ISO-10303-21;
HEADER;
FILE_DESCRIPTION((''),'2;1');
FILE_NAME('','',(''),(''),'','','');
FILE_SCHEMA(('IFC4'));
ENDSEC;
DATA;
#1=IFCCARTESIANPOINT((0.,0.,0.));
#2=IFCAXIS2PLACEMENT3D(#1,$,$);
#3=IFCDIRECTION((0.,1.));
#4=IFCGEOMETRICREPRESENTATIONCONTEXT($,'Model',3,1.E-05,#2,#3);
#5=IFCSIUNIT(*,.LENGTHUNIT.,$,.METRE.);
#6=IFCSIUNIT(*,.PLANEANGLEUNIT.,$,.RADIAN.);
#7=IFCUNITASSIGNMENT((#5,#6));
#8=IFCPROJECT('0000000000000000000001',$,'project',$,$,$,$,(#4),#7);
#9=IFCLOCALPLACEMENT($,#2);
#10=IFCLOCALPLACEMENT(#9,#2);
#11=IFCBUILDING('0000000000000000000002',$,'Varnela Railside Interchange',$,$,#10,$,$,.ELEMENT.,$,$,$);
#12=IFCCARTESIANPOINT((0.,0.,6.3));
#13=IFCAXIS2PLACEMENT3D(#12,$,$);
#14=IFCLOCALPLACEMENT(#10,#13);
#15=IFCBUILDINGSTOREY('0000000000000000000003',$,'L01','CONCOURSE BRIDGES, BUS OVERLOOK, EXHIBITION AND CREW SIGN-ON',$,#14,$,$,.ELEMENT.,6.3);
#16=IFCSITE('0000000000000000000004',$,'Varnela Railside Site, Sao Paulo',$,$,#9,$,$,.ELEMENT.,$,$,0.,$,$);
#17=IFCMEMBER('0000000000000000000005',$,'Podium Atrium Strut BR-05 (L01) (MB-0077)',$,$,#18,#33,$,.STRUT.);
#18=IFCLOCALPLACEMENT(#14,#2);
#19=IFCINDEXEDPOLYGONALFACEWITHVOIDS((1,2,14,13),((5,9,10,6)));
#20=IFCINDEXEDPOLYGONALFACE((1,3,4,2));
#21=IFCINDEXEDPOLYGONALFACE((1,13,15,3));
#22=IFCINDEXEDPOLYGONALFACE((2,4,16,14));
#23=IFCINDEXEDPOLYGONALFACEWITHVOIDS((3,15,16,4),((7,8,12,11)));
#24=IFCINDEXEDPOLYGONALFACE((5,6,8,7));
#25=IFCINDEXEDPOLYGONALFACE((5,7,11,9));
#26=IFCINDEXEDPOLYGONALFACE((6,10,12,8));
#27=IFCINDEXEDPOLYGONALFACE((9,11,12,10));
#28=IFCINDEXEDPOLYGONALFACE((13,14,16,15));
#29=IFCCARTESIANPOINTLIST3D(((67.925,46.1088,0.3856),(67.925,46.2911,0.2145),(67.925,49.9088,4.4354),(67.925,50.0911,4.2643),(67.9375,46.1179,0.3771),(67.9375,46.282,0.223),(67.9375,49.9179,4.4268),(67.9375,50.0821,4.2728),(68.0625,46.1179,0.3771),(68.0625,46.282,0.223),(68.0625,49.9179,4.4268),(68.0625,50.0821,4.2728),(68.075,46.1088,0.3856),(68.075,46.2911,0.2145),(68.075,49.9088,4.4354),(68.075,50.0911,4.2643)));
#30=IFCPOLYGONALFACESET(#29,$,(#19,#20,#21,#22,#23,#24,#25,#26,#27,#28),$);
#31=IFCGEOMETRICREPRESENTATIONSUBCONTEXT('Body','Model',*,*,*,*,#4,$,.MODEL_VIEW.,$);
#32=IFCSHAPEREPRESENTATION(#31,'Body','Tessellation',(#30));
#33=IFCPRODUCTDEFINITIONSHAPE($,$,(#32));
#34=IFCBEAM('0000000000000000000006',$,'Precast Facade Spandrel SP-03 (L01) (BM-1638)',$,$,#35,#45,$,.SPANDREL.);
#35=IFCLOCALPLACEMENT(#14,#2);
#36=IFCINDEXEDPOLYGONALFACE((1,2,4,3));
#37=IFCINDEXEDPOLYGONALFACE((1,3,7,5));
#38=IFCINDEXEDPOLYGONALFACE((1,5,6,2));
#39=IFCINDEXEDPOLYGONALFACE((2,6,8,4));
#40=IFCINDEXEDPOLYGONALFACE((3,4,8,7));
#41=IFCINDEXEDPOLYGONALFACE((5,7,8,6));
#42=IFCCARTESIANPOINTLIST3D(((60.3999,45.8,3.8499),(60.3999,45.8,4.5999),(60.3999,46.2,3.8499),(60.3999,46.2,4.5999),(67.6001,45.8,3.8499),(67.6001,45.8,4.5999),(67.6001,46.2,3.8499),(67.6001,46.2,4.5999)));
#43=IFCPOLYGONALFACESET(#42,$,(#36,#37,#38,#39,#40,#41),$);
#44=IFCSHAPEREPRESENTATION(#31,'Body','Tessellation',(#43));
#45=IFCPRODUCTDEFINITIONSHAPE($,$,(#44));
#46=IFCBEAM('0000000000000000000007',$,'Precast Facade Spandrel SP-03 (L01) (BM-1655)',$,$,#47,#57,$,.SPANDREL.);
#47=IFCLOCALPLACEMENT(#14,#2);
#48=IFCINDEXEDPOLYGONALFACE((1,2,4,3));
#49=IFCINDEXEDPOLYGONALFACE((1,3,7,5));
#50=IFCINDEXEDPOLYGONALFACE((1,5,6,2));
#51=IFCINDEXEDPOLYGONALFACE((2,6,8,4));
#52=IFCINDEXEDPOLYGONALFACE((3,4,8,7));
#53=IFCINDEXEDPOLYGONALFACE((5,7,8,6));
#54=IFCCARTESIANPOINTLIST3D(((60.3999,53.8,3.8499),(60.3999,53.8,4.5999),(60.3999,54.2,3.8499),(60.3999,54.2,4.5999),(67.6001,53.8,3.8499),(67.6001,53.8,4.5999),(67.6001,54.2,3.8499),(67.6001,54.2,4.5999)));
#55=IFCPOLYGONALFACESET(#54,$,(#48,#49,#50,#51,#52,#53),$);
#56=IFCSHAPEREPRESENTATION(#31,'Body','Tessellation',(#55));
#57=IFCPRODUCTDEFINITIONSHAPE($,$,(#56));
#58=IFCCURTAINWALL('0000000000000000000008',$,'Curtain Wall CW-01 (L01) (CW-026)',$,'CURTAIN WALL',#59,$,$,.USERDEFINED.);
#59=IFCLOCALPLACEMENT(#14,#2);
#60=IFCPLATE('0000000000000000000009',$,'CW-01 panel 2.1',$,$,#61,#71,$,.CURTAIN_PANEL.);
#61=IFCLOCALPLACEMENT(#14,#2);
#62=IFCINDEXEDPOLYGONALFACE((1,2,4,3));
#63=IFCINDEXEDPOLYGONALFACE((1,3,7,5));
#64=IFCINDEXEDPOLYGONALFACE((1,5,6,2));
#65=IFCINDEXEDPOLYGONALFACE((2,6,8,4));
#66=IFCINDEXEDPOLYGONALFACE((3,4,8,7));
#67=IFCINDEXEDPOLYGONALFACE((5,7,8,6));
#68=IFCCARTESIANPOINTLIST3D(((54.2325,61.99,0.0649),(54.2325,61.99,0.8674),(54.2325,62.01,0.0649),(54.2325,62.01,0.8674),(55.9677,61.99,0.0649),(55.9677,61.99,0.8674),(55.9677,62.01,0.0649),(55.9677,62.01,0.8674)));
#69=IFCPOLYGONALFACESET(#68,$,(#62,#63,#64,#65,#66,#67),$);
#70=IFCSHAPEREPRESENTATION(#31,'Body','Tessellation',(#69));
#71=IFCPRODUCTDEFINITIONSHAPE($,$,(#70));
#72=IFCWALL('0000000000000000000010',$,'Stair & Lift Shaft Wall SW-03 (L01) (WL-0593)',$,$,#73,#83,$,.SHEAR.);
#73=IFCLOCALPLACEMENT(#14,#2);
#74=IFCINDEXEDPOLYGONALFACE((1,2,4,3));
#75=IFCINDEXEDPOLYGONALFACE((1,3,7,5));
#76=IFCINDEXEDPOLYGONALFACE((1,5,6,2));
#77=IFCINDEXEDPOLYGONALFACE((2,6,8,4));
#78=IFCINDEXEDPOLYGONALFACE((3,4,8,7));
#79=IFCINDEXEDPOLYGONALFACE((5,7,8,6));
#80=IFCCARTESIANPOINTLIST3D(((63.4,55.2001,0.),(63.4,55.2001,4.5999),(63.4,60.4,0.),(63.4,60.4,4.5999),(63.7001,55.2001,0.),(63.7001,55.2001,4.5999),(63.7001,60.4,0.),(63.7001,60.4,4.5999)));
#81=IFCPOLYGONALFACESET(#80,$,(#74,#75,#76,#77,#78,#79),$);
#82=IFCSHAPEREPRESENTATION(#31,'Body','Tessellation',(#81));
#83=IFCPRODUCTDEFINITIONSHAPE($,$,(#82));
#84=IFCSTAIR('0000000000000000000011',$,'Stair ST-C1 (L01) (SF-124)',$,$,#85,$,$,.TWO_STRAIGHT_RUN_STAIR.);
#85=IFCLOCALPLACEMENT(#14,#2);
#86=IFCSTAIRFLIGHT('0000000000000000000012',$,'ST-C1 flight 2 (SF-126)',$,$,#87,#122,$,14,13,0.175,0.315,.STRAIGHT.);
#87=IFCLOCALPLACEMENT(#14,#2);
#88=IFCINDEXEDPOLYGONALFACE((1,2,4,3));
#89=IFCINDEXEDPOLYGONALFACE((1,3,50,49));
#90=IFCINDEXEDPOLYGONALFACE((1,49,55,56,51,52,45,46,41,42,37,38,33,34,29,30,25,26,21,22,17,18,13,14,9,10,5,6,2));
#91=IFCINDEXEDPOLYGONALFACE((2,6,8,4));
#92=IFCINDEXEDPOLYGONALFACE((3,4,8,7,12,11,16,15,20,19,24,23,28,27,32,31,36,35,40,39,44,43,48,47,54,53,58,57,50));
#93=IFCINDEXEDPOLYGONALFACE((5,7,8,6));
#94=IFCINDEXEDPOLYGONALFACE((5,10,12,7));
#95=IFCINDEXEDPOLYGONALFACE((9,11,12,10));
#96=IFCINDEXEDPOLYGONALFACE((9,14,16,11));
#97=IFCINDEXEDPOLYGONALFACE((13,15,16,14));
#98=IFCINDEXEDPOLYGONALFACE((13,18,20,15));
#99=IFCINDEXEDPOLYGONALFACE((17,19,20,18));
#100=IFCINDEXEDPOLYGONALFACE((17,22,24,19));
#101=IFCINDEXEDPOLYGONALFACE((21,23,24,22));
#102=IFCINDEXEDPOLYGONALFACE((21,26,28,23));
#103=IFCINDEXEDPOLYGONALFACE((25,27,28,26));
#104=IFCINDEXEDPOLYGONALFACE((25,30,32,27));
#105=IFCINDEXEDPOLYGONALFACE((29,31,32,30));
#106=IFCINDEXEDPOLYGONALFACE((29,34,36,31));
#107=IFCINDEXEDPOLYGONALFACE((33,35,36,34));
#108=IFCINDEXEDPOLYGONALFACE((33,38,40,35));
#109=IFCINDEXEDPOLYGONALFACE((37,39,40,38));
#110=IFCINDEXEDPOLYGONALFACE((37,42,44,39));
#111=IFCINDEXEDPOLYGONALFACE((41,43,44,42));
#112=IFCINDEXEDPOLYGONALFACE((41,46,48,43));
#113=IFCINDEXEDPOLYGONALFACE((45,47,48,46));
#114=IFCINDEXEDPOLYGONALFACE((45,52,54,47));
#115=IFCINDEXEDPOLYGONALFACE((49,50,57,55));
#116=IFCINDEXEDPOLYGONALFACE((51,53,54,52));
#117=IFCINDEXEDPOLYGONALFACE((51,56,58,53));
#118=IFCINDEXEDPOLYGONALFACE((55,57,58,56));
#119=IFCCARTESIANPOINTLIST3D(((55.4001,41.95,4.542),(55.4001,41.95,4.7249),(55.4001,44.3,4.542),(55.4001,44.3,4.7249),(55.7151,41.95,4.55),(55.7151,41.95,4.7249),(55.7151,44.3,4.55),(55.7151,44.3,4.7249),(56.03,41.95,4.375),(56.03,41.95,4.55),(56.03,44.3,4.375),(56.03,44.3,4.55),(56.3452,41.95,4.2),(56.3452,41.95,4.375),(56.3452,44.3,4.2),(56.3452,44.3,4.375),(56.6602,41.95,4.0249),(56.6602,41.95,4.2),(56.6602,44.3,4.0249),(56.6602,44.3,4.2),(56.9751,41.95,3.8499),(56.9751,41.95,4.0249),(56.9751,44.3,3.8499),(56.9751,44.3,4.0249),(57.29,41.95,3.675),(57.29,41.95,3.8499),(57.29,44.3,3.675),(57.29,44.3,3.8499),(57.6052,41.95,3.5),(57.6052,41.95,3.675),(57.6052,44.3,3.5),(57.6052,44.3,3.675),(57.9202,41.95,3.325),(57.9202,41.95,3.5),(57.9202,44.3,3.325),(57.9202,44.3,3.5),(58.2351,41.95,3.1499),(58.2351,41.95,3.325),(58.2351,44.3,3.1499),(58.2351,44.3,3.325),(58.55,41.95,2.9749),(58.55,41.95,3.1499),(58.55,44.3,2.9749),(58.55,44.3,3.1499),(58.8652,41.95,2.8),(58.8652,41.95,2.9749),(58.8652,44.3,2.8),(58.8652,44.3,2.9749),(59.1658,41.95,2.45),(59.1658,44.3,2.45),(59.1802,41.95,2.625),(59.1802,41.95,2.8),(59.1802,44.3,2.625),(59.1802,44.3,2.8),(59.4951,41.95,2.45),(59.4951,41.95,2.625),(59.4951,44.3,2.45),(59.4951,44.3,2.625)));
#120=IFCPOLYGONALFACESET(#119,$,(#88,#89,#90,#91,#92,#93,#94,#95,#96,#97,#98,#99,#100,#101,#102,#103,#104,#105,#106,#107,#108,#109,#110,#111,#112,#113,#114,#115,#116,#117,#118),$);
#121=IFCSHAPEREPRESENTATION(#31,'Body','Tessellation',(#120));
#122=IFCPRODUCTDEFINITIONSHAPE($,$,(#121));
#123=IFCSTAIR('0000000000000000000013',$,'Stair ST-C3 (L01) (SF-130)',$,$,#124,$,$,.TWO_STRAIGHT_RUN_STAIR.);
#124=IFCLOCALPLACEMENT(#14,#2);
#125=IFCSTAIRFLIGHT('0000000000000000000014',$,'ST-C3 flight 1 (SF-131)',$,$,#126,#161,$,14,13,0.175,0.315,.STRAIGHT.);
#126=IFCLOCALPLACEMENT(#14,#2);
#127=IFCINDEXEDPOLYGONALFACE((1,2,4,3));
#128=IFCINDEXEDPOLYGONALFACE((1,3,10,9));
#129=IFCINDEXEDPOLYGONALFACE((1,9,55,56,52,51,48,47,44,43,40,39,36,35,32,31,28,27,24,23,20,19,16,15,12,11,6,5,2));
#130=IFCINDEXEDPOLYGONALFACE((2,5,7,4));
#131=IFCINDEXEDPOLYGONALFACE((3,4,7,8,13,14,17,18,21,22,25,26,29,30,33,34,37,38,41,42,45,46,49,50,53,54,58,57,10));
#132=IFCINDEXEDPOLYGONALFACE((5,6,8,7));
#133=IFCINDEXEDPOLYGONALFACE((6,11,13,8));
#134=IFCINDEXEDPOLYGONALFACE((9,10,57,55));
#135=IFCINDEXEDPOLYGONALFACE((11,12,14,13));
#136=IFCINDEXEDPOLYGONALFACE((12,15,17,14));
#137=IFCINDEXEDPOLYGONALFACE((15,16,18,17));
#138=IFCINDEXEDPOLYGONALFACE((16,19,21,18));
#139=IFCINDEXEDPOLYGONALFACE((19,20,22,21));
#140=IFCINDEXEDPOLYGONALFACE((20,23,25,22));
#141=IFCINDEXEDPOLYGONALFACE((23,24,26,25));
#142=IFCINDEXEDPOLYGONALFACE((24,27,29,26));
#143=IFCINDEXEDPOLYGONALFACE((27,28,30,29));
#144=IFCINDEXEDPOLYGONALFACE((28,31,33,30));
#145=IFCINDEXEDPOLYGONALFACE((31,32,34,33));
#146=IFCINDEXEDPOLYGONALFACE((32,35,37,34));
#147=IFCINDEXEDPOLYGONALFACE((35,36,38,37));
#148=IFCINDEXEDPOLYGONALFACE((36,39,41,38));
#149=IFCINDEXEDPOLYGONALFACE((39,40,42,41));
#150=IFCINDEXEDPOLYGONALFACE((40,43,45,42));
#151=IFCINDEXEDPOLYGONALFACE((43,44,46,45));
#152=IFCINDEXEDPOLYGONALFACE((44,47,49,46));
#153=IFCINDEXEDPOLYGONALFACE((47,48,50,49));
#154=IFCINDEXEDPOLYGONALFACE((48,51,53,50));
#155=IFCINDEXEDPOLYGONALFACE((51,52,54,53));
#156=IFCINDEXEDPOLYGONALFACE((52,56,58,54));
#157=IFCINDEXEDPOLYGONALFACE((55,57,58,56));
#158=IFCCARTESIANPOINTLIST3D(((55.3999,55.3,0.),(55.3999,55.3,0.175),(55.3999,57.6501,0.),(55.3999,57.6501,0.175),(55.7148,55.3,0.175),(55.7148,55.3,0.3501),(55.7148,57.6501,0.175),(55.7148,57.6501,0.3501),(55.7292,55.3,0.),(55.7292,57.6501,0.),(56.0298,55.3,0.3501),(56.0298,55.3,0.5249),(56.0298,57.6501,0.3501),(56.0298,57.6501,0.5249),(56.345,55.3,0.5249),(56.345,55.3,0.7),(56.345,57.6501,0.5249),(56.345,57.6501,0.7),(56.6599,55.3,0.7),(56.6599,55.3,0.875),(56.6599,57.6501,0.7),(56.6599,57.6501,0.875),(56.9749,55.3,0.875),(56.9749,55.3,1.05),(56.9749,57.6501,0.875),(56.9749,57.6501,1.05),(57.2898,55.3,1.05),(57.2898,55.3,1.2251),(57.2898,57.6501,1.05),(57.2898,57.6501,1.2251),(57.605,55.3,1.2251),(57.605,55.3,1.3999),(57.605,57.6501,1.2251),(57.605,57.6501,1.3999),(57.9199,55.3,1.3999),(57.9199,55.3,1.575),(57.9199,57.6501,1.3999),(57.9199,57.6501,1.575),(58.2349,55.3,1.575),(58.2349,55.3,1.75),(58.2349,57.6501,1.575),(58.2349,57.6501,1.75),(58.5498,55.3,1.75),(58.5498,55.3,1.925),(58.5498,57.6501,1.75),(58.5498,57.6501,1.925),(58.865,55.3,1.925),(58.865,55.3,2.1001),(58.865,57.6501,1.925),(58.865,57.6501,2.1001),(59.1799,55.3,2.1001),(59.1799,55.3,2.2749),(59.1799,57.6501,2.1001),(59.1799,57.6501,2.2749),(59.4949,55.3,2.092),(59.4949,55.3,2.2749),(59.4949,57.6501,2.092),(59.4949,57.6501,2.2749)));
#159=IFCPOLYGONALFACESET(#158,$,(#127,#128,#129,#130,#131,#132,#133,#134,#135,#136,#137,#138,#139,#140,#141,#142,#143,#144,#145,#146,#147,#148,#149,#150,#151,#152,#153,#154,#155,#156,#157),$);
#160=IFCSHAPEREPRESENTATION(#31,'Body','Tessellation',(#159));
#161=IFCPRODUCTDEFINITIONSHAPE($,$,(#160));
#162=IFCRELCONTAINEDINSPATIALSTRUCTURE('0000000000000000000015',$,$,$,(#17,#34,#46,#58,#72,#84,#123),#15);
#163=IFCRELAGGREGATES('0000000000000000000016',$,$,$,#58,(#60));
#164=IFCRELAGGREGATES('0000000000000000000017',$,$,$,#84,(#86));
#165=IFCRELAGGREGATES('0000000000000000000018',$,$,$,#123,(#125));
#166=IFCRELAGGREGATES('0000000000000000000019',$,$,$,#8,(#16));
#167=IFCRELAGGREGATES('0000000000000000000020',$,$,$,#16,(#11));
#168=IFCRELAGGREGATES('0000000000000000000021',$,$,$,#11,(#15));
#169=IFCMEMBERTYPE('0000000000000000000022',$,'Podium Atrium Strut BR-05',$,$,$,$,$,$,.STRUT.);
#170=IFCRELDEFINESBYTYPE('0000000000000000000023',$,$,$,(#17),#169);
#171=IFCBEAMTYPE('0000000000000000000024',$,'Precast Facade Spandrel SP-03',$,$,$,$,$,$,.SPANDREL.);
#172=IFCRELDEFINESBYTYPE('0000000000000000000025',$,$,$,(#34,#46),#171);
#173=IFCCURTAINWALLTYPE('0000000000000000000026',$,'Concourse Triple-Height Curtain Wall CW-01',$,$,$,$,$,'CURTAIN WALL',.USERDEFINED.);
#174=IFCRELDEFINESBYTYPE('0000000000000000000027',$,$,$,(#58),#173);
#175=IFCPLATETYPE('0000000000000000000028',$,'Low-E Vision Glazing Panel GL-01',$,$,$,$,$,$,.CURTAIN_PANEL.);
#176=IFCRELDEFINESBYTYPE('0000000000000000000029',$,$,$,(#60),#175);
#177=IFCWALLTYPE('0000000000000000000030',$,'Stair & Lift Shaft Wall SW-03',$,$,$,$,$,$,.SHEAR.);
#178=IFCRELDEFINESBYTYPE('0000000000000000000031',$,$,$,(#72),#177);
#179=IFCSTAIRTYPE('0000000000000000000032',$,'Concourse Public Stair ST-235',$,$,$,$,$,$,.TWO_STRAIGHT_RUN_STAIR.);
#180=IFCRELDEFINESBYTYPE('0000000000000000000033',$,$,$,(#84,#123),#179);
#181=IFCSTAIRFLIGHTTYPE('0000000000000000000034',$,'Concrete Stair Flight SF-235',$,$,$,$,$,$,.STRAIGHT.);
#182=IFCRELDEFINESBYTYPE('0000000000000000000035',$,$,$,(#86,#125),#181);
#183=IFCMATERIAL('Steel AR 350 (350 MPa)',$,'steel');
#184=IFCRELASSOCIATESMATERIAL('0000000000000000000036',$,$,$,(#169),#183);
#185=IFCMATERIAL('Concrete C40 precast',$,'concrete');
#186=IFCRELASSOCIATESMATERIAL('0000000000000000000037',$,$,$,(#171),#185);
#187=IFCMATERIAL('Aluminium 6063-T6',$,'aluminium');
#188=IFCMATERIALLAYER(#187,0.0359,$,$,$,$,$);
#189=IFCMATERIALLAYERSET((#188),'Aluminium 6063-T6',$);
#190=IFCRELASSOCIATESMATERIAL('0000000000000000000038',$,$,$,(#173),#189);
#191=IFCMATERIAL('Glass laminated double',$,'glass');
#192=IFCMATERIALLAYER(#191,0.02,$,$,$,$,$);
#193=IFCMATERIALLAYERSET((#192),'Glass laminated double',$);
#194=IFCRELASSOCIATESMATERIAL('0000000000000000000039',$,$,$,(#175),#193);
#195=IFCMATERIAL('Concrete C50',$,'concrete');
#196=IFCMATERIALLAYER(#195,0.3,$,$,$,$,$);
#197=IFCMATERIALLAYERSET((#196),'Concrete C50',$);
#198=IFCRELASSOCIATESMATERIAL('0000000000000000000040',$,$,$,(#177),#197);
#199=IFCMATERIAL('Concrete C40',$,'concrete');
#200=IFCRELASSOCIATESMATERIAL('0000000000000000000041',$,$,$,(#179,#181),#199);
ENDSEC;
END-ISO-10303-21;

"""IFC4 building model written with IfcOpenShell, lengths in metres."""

from ifc_helpers import new_model, si_unit, direction, frame, frame_2d, origin, origin_2d, place, context, subcontext, project, spatial, polyline, rectangle, hollow_rectangle, outline, extrude, material, layer, layer_set, material_profile, profile_set, type_object, element, aggregate, save


model = new_model("IFC4")

# Units and contexts
model_context = context("Model", 3, precision=1e-05, world=origin(), true_north=direction((0.0, 1.0)))
body_context = subcontext(model_context, "Body", "Model", "MODEL_VIEW")
ifc_project = project(units=[si_unit("LENGTHUNIT", "METRE"), si_unit("PLANEANGLEUNIT", "RADIAN")], contexts=[model_context])

# Site, building, storey
site_placement = place(None, origin())
site = spatial("IfcSite", under=ifc_project, at=site_placement, Name="Varnela Railside Site, Sao Paulo", CompositionType="ELEMENT", RefElevation=0.0)
building_placement = place(site_placement, origin())
building = spatial("IfcBuilding", under=site, at=building_placement, Name="Varnela Railside Interchange", CompositionType="ELEMENT")
storey_placement = place(building_placement, frame((0.0, 0.0, 6.3)))
storey = spatial("IfcBuildingStorey", under=building, at=storey_placement, Name="L01", Description="CONCOURSE BRIDGES, BUS OVERLOOK, EXHIBITION AND CREW SIGN-ON", CompositionType="ELEMENT", Elevation=6.3)

# Shared definitions
ifc_material_1 = material(Name="Concrete C50", Category="concrete")

# Shared definitions
ifc_material_2 = material(Name="Steel AR 350 (350 MPa)", Category="steel")
ifc_material_3 = material(Name="Concrete C40", Category="concrete")

# Member
ifc_material_profile_1 = material_profile(ifc_material_2, hollow_rectangle(XDim=0.1499, YDim=0.25, WallThickness=0.0125, at=origin_2d()), Name="HSS 250x150x12.5")
ifc_profile_set_1 = profile_set([ifc_material_profile_1], Name="Steel AR 350 (350 MPa)")
member_type = type_object("IfcMemberType", Name="Podium Atrium Strut BR-05", PredefinedType="STRUT", material=ifc_profile_set_1)
member_placement = place(storey_placement, frame((68.0, 46.2, 0.3), z_axis=(0.0, 0.684263, 0.729236), x_axis=(-1.0, 0.0, 0.0)))
element("IfcMember", 1, at=member_placement, inside=storey, type_object=member_type, Name="Podium Atrium Strut BR-05 (L01) (MB-0077)", PredefinedType="STRUT", context=body_context, shape_type="SweptSolid", body=[
    extrude(hollow_rectangle(XDim=0.1499, YDim=0.25, WallThickness=0.0125, at=origin_2d()), origin(), (0.0, 0.0, 1.0), 5.5535),
])

# Beams
ifc_material_4 = material(Name="Concrete C40 precast", Category="concrete")
ifc_material_profile_2 = material_profile(ifc_material_4, rectangle(XDim=0.3999, YDim=0.75, at=origin_2d()), Name="PC 400x750")
ifc_profile_set_2 = profile_set([ifc_material_profile_2], Name="Concrete C40 precast")
beam_type_1 = type_object("IfcBeamType", Name="Precast Facade Spandrel SP-03", PredefinedType="SPANDREL", material=ifc_profile_set_2)
for number, where, z_axis, x_axis, name in (
    (2, (60.3999, 46.0, 4.2249), (1.0, 0.0, 0.0), (0.0, 1.0, 0.0), "Precast Facade Spandrel SP-03 (L01) (BM-1638)"),
    (3, (60.3999, 54.0, 4.2249), (1.0, 0.0, 0.0), (0.0, 1.0, 0.0), "Precast Facade Spandrel SP-03 (L01) (BM-1655)"),
):
    element("IfcBeam", number, at=place(storey_placement, frame(where, z_axis=z_axis, x_axis=x_axis)), inside=storey, type_object=beam_type_1, Name=name, PredefinedType="SPANDREL", context=body_context, shape_type="SweptSolid", body=[
        extrude(rectangle(XDim=0.3999, YDim=0.75, at=origin_2d()), origin(), (0.0, 0.0, 1.0), 7.2002),
    ])

# Curtain wall, plate
ifc_material_5 = material(Name="Aluminium 6063-T6", Category="aluminium")
ifc_layer_1 = layer(ifc_material_5, 0.0359)
ifc_layer_set_1 = layer_set([ifc_layer_1], Name="Aluminium 6063-T6")
curtain_wall_type = type_object("IfcCurtainWallType", Name="Concourse Triple-Height Curtain Wall CW-01", ElementType="CURTAIN WALL", PredefinedType="USERDEFINED", material=ifc_layer_set_1)
curtain_wall_placement = place(storey_placement, origin())
curtain_wall = element("IfcCurtainWall", 4, at=curtain_wall_placement, inside=storey, type_object=curtain_wall_type, Name="Curtain Wall CW-01 (L01) (CW-026)", ObjectType="CURTAIN WALL", PredefinedType="USERDEFINED")
ifc_material_6 = material(Name="Glass laminated double", Category="glass")
ifc_layer_2 = layer(ifc_material_6, 0.02)
ifc_layer_set_2 = layer_set([ifc_layer_2], Name="Glass laminated double")
plate_type = type_object("IfcPlateType", Name="Low-E Vision Glazing Panel GL-01", PredefinedType="CURTAIN_PANEL", material=ifc_layer_set_2)
plate_placement = place(storey_placement, frame((55.1001, 62.0, 0.0649), z_axis=(0.0, 0.0, 1.0), x_axis=(1.0, 0.0, 0.0)))
plate = element("IfcPlate", 5, at=plate_placement, type_object=plate_type, Name="CW-01 panel 2.1", PredefinedType="CURTAIN_PANEL", context=body_context, shape_type="SweptSolid", body=[
    extrude(rectangle(XDim=1.7351, YDim=0.02, at=origin_2d()), origin(), (0.0, 0.0, 1.0), 0.8025),
])
aggregate(curtain_wall, [plate])

# Wall
ifc_layer_3 = layer(ifc_material_1, 0.3)
ifc_layer_set_3 = layer_set([ifc_layer_3], Name="Concrete C50")
wall_type = type_object("IfcWallType", Name="Stair & Lift Shaft Wall SW-03", PredefinedType="SHEAR", material=ifc_layer_set_3)
wall_placement = place(storey_placement, frame((63.55, 55.2, 0.0), z_axis=(0.0, 0.0, 1.0), x_axis=(0.0, 1.0, 0.0)))
element("IfcWall", 6, at=wall_placement, inside=storey, type_object=wall_type, Name="Stair & Lift Shaft Wall SW-03 (L01) (WL-0593)", PredefinedType="SHEAR", context=body_context, shape_type="SweptSolid", body=[
    extrude(rectangle(XDim=5.2, YDim=0.3, at=frame_2d((2.6001, 0.0))), origin(), (0.0, 0.0, 1.0), 4.5999),
])

# Stair, stair flight
stair_type = type_object("IfcStairType", Name="Concourse Public Stair ST-235", PredefinedType="TWO_STRAIGHT_RUN_STAIR", material=ifc_material_3)
stair_1_placement = place(storey_placement, origin())
stair_1 = element("IfcStair", 7, at=stair_1_placement, inside=storey, type_object=stair_type, Name="Stair ST-C1 (L01) (SF-124)", PredefinedType="TWO_STRAIGHT_RUN_STAIR")
stair_flight_type = type_object("IfcStairFlightType", Name="Concrete Stair Flight SF-235", PredefinedType="STRAIGHT", material=ifc_material_3)
stair_flight_1_placement = place(storey_placement, frame((59.4951, 43.125, 2.45), z_axis=(0.0, 0.0, 1.0), x_axis=(-1.0, 0.0, 0.0)))
stair_flight_1 = element("IfcStairFlight", 8, at=stair_flight_1_placement, type_object=stair_flight_type, Name="ST-C1 flight 2 (SF-126)", NumberOfRisers=14, NumberOfTreads=13, PredefinedType="STRAIGHT", RiserHeight=0.175, TreadLength=0.315, context=body_context, shape_type="SweptSolid", body=[
    extrude(outline(polyline([(0.0, 0.0), (0.0, 0.175), (0.3149, 0.175), (0.3149, 0.3501), (0.6299, 0.3501), (0.6299, 0.5249), (0.9451, 0.5249), (0.9451, 0.7), (1.26, 0.7), (1.26, 0.875), (1.575, 0.875), (1.575, 1.05), (1.8899, 1.05), (1.8899, 1.2251), (2.2051, 1.2251), (2.2051, 1.3999), (2.52, 1.3999), (2.52, 1.575), (2.835, 1.575), (2.835, 1.75), (3.1499, 1.75), (3.1499, 1.925), (3.4651, 1.925), (3.4651, 2.1001), (3.78, 2.1001), (3.78, 2.2749), (4.095, 2.2749), (4.095, 2.45), (4.095, 2.092), (0.3293, 0.0), (0.0, 0.0)])), frame((0.0, 1.175, 0.0), z_axis=(0.0, -1.0, 0.0), x_axis=(1.0, 0.0, 0.0)), (0.0, 0.0, 1.0), 2.3501),
])
aggregate(stair_1, [stair_flight_1])

# Stair, stair flight
stair_2_placement = place(storey_placement, origin())
stair_2 = element("IfcStair", 9, at=stair_2_placement, inside=storey, type_object=stair_type, Name="Stair ST-C3 (L01) (SF-130)", PredefinedType="TWO_STRAIGHT_RUN_STAIR")
stair_flight_2_placement = place(storey_placement, frame((55.3999, 56.4751, 0.0), z_axis=(0.0, 0.0, 1.0), x_axis=(1.0, 0.0, 0.0)))
stair_flight_2 = element("IfcStairFlight", 10, at=stair_flight_2_placement, type_object=stair_flight_type, Name="ST-C3 flight 1 (SF-131)", NumberOfRisers=14, NumberOfTreads=13, PredefinedType="STRAIGHT", RiserHeight=0.175, TreadLength=0.315, context=body_context, shape_type="SweptSolid", body=[
    extrude(outline(polyline([(0.0, 0.0), (0.0, 0.175), (0.3149, 0.175), (0.3149, 0.3501), (0.6299, 0.3501), (0.6299, 0.5249), (0.9451, 0.5249), (0.9451, 0.7), (1.26, 0.7), (1.26, 0.875), (1.575, 0.875), (1.575, 1.05), (1.8899, 1.05), (1.8899, 1.2251), (2.2051, 1.2251), (2.2051, 1.3999), (2.52, 1.3999), (2.52, 1.575), (2.835, 1.575), (2.835, 1.75), (3.1499, 1.75), (3.1499, 1.925), (3.4651, 1.925), (3.4651, 2.1001), (3.78, 2.1001), (3.78, 2.2749), (4.095, 2.2749), (4.095, 2.45), (4.095, 2.092), (0.3293, 0.0), (0.0, 0.0)])), frame((0.0, 1.175, 0.0), z_axis=(0.0, -1.0, 0.0), x_axis=(1.0, 0.0, 0.0)), (0.0, 0.0, 1.0), 2.3501),
])
aggregate(stair_2, [stair_flight_2])

save(model, "model.ifc")
